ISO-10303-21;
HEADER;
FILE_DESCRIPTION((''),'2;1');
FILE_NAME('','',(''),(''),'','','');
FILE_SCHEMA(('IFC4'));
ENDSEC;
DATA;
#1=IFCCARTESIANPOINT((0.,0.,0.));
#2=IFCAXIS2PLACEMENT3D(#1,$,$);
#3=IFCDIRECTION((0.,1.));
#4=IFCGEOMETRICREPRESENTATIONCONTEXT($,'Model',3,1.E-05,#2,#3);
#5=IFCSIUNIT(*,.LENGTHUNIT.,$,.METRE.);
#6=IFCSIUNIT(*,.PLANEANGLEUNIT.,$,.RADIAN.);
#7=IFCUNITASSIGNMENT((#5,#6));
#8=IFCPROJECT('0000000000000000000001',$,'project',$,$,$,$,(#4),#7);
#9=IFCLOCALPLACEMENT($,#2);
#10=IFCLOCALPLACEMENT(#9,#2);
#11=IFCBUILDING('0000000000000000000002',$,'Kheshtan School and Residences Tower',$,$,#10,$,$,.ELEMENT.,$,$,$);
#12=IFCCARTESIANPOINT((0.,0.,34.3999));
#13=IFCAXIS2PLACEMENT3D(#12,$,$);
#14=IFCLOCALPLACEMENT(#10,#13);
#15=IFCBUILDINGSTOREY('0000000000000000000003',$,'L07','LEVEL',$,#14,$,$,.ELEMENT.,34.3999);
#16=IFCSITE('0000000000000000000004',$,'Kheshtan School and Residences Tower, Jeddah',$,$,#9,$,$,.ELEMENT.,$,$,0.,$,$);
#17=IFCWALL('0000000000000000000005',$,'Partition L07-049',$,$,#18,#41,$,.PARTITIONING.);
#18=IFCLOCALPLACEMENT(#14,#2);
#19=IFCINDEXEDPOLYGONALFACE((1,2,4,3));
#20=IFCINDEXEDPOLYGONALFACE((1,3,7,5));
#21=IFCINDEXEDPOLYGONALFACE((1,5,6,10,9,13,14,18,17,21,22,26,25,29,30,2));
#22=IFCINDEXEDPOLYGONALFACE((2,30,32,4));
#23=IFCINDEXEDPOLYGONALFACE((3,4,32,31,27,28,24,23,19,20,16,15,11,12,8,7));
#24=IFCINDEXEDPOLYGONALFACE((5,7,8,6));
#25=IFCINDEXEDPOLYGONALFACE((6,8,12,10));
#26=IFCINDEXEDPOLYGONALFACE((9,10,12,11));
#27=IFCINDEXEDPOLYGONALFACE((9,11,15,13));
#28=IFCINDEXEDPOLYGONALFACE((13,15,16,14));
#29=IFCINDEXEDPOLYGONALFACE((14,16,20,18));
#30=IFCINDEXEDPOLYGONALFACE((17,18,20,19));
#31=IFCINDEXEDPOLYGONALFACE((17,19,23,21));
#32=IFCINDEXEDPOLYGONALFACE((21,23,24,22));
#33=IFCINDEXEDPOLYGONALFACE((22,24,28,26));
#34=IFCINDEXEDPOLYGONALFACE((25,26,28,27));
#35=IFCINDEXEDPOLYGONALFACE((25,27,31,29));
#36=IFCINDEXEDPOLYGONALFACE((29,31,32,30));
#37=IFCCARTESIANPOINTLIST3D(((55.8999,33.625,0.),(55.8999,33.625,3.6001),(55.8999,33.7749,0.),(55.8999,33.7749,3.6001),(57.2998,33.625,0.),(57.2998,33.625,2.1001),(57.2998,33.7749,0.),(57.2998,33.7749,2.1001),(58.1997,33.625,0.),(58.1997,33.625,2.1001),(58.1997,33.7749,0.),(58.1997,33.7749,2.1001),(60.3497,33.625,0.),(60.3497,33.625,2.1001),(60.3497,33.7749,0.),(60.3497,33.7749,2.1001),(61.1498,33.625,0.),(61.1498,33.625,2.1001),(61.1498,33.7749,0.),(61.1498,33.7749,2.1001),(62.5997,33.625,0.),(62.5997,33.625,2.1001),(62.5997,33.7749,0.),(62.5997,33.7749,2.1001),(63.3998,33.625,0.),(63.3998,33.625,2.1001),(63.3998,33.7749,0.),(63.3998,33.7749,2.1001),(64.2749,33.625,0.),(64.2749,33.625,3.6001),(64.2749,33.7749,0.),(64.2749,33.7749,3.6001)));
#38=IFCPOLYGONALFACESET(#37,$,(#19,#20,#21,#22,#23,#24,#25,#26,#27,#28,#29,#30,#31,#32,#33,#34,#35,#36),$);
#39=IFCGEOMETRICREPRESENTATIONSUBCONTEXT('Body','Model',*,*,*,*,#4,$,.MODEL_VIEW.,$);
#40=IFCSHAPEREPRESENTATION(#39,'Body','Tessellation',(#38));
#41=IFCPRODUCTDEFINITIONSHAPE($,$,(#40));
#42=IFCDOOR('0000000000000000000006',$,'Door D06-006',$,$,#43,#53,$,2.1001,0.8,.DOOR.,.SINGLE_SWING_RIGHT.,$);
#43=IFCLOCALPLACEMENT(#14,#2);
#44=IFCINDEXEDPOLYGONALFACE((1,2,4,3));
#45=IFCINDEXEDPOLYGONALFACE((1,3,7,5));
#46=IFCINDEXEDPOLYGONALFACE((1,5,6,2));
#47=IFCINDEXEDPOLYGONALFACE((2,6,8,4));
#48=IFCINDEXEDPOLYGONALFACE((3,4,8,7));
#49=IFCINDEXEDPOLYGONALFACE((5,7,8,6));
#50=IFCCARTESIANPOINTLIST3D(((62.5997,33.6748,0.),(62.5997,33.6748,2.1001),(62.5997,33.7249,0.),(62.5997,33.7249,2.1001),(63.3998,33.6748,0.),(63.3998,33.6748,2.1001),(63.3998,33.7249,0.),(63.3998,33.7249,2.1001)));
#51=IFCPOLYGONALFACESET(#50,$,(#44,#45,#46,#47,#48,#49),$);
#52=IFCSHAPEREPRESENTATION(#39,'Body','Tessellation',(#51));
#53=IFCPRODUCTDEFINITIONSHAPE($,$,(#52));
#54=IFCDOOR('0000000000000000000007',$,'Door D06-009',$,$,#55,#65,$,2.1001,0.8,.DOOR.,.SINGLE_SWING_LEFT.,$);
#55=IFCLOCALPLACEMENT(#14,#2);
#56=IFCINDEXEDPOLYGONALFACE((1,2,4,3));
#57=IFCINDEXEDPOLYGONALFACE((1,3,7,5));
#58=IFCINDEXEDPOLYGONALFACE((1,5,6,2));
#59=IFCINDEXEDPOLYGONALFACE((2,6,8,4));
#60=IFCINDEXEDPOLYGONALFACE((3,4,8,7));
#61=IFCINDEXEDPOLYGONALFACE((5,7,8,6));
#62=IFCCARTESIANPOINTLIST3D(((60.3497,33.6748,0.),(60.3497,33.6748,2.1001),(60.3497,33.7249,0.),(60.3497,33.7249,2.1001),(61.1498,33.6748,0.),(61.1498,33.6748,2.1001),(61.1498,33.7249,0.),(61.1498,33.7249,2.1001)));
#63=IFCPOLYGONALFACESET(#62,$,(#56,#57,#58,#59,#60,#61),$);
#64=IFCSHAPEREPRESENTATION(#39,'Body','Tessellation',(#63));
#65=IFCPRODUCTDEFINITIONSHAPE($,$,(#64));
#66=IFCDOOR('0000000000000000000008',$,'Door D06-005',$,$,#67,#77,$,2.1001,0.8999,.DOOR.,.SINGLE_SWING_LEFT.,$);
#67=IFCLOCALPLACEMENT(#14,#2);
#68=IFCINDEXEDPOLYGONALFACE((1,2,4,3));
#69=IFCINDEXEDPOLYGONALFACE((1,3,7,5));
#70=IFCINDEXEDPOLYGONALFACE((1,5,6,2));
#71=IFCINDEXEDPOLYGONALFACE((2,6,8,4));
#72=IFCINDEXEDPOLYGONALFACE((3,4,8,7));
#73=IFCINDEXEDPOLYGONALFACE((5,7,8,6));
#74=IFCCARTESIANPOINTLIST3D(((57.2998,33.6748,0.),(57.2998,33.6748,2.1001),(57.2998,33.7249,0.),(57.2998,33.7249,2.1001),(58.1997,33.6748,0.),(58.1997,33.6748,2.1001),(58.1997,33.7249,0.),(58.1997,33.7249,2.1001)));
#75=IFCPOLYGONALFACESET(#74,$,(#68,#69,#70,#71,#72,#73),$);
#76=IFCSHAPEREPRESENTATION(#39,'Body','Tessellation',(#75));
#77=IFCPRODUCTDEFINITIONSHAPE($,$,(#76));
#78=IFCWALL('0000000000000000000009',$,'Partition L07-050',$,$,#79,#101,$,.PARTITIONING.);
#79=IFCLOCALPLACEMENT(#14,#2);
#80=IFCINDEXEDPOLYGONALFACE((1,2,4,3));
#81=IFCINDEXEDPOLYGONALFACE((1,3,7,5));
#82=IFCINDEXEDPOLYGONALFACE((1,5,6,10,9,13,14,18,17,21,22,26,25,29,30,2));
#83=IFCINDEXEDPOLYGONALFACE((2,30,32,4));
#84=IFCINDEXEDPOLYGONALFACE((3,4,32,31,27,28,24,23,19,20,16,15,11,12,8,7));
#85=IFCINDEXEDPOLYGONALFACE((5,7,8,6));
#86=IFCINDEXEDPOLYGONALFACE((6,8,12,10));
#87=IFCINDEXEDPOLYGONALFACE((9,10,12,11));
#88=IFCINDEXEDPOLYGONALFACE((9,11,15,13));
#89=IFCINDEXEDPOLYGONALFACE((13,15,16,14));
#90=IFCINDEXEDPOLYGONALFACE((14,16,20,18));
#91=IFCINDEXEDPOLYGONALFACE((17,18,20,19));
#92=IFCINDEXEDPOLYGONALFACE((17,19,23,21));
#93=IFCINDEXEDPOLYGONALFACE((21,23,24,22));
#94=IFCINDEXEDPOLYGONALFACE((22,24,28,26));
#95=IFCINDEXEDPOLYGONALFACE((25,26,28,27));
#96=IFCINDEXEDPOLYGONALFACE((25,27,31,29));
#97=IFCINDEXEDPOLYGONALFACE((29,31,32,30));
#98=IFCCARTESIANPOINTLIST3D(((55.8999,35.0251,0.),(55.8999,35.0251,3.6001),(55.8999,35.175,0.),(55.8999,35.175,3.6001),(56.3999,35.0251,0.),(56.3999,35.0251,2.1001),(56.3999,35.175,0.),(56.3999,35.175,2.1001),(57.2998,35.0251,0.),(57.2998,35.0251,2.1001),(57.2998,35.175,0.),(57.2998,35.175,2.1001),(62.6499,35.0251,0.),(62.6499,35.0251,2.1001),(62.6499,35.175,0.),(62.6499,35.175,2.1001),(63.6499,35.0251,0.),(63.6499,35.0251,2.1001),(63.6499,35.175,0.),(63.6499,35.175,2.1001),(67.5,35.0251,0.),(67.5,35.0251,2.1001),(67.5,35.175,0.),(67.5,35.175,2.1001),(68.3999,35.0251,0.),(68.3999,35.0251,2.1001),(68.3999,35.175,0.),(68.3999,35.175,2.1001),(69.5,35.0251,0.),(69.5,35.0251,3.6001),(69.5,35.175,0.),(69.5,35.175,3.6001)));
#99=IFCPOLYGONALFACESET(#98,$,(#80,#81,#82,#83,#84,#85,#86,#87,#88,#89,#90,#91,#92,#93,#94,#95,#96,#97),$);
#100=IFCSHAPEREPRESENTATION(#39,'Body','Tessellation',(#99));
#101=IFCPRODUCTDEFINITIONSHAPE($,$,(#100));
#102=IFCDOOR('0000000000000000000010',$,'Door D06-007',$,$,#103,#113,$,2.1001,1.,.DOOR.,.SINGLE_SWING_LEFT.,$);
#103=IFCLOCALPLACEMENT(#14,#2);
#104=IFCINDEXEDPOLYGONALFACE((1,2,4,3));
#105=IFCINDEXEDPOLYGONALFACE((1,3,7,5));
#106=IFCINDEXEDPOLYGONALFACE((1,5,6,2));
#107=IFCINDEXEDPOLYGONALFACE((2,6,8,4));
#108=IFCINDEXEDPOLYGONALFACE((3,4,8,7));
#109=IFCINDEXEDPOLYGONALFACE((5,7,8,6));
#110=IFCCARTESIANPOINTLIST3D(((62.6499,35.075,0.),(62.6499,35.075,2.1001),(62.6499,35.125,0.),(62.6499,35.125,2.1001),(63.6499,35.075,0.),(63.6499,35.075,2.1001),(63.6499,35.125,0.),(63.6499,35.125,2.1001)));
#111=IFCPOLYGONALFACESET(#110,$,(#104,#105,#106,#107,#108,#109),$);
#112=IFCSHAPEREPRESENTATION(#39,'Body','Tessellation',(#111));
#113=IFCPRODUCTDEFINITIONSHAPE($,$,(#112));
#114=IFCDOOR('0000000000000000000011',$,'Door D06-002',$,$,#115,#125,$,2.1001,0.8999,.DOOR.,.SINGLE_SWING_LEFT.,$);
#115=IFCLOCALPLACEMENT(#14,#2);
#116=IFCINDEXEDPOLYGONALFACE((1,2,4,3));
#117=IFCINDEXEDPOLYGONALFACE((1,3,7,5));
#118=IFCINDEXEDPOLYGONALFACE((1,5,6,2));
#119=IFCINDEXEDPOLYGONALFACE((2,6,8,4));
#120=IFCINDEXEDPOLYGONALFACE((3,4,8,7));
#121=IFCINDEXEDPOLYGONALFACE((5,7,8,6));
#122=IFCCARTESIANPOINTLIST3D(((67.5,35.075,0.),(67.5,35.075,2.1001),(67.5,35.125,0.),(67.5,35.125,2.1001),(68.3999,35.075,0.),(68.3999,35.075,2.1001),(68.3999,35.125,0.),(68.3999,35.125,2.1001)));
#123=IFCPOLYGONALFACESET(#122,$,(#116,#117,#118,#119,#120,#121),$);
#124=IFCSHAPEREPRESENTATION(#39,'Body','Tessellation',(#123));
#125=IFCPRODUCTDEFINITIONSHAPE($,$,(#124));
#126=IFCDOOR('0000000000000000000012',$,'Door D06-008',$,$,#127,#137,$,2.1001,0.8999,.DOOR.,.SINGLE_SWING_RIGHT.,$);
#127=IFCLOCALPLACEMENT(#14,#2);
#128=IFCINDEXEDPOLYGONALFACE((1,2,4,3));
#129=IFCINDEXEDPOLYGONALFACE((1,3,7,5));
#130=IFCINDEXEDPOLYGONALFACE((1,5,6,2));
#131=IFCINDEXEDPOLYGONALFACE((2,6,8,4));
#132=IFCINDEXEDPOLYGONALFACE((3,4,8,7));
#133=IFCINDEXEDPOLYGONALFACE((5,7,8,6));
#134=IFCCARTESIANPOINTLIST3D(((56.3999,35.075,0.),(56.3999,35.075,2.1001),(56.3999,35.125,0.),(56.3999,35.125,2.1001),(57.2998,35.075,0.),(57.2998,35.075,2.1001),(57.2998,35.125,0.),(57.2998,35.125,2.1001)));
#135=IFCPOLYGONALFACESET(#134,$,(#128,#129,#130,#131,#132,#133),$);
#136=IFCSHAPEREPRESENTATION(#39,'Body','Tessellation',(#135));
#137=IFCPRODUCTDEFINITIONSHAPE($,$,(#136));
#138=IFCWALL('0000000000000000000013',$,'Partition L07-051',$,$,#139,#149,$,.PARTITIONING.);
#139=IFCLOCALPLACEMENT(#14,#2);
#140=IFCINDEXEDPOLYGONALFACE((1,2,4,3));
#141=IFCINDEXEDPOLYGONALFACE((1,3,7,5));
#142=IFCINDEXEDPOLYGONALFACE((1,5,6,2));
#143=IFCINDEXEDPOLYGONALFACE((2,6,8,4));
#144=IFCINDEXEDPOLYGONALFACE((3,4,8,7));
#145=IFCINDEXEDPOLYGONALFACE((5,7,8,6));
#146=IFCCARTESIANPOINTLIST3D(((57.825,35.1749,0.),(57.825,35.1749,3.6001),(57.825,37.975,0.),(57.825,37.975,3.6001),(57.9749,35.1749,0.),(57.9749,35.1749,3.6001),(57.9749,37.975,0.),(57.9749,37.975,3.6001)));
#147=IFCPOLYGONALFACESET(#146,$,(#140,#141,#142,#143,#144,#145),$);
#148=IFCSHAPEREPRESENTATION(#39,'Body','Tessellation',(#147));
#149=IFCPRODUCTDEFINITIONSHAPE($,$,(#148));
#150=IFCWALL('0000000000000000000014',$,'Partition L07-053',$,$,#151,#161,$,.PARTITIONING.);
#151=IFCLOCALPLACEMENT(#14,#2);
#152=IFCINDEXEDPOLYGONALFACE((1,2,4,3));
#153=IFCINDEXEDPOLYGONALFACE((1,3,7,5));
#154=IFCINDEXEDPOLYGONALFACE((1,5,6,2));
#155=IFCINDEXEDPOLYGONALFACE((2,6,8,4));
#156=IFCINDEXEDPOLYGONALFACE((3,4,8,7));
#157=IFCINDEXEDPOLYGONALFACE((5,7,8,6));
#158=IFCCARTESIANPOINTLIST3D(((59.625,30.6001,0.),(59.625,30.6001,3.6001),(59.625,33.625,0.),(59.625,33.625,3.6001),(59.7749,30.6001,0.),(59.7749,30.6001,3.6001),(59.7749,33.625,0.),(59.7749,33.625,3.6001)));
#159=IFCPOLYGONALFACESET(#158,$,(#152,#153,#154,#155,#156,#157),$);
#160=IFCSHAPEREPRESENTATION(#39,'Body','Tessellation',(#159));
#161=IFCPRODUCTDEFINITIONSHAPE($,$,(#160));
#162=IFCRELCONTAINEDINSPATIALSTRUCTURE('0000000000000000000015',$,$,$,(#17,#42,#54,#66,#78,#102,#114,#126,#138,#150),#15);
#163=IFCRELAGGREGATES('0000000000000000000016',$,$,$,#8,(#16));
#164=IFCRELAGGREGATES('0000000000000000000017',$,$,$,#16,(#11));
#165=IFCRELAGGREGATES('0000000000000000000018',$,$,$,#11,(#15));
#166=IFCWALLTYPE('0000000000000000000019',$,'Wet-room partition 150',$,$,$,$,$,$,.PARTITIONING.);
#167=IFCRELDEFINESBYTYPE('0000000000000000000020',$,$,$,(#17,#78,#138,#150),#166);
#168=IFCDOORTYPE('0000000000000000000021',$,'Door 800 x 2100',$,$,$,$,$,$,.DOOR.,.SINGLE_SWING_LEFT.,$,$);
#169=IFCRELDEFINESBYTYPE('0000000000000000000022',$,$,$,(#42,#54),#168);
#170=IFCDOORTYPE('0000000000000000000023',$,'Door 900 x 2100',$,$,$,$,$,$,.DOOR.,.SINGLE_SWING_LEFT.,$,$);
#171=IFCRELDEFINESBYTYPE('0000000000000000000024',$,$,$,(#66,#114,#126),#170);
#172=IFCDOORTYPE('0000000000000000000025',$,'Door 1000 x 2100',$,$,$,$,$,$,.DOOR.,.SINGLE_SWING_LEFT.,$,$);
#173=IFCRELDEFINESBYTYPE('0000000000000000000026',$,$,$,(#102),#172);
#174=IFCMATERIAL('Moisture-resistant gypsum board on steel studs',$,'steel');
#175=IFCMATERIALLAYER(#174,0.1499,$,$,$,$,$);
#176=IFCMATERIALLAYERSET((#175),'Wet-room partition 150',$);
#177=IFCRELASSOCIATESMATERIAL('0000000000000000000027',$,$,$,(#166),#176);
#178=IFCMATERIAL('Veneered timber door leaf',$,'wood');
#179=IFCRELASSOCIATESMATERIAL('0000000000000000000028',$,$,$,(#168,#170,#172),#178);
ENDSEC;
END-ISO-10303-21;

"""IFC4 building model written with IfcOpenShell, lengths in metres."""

from ifc_helpers import new_model, si_unit, direction, frame, frame_2d, origin, place, context, subcontext, project, spatial, rectangle, extrude, source, transform, mapped, material, layer, layer_set, type_object, element, fill, save


model = new_model("IFC4")

# Units and contexts
model_context = context("Model", 3, precision=1e-05, world=origin(), true_north=direction((0.0, 1.0)))
body_context = subcontext(model_context, "Body", "Model", "MODEL_VIEW")
ifc_project = project(units=[si_unit("LENGTHUNIT", "METRE"), si_unit("PLANEANGLEUNIT", "RADIAN")], contexts=[model_context])

# Site, building, storey
site_placement = place(None, origin())
site = spatial("IfcSite", under=ifc_project, at=site_placement, Name="Kheshtan School and Residences Tower, Jeddah", CompositionType="ELEMENT", RefElevation=0.0)
building_placement = place(site_placement, origin())
building = spatial("IfcBuilding", under=site, at=building_placement, Name="Kheshtan School and Residences Tower", CompositionType="ELEMENT")
storey_placement = place(building_placement, frame((0.0, 0.0, 34.3999)))
storey = spatial("IfcBuildingStorey", under=building, at=storey_placement, Name="L07", Description="LEVEL", CompositionType="ELEMENT", Elevation=34.3999)

# Walls, openings, doors
ifc_material_1 = material(Name="Moisture-resistant gypsum board on steel studs", Category="steel")
ifc_layer = layer(ifc_material_1, 0.1499)
ifc_layer_set = layer_set([ifc_layer], Name="Wet-room partition 150")
wall_type = type_object("IfcWallType", Name="Wet-room partition 150", PredefinedType="PARTITIONING", material=ifc_layer_set)
wall_1_placement = place(storey_placement, frame((55.8999, 33.7, 0.0), z_axis=(0.0, 0.0, 1.0), x_axis=(1.0, 0.0, 0.0)))
wall_1 = element("IfcWall", 1, at=wall_1_placement, inside=storey, type_object=wall_type, Name="Partition L07-049", PredefinedType="PARTITIONING", context=body_context, shape_type="SweptSolid", body=[
    extrude(rectangle(XDim=8.375, YDim=0.1499, at=frame_2d((4.1875, 0.0))), origin(), (0.0, 0.0, 1.0), 3.6001),
])
opening_1_placement = place(wall_1_placement, frame((1.3999, 0.0, 0.0)))
opening_1 = element("IfcOpeningElement", 2, at=opening_1_placement, cuts=wall_1, PredefinedType="OPENING", context=body_context, shape_type="SweptSolid", body=[
    extrude(rectangle(XDim=0.8999, YDim=2.1001, at=frame_2d((0.45, 1.05))), frame((0.0, 0.085, 0.0), z_axis=(0.0, -1.0, 0.0), x_axis=(1.0, 0.0, 0.0)), (0.0, 0.0, 1.0), 0.1699),
])
opening_2_placement = place(wall_1_placement, frame((6.7, 0.0, 0.0)))
opening_2 = element("IfcOpeningElement", 3, at=opening_2_placement, cuts=wall_1, PredefinedType="OPENING", context=body_context, shape_type="SweptSolid", body=[
    extrude(rectangle(XDim=0.8, YDim=2.1001, at=frame_2d((0.3999, 1.05))), frame((0.0, 0.085, 0.0), z_axis=(0.0, -1.0, 0.0), x_axis=(1.0, 0.0, 0.0)), (0.0, 0.0, 1.0), 0.1699),
])
opening_3_placement = place(wall_1_placement, frame((4.45, 0.0, 0.0)))
opening_3 = element("IfcOpeningElement", 4, at=opening_3_placement, cuts=wall_1, PredefinedType="OPENING", context=body_context, shape_type="SweptSolid", body=[
    extrude(rectangle(XDim=0.8, YDim=2.1001, at=frame_2d((0.3999, 1.05))), frame((0.0, 0.085, 0.0), z_axis=(0.0, -1.0, 0.0), x_axis=(1.0, 0.0, 0.0)), (0.0, 0.0, 1.0), 0.1699),
])
ifc_material_2 = material(Name="Veneered timber door leaf", Category="wood")
door_type_1 = type_object("IfcDoorType", Name="Door 800 x 2100", OperationType="SINGLE_SWING_LEFT", PredefinedType="DOOR", material=ifc_material_2)
shared_shape_1 = source(origin(), body_context, "Body", "SweptSolid", [
    extrude(rectangle(XDim=0.8, YDim=2.1001, at=frame_2d((0.3999, 1.05))), frame((0.0, 0.0249, 0.0), z_axis=(0.0, -1.0, 0.0), x_axis=(1.0, 0.0, 0.0)), (0.0, 0.0, 1.0), 0.05),
])
door_1_placement = place(opening_2_placement, origin())
door_1 = element("IfcDoor", 5, at=door_1_placement, inside=storey, type_object=door_type_1, Name="Door D06-006", OperationType="SINGLE_SWING_RIGHT", OverallHeight=2.1001, OverallWidth=0.8, PredefinedType="DOOR", context=body_context, shape_type="MappedRepresentation", body=[
    mapped(shared_shape_1, transform((0.0, 0.0, 0.0), x_axis=(1.0, 0.0, 0.0), y_axis=(0.0, 1.0, 0.0), z_axis=(0.0, 0.0, 1.0), scale=1.0)),
])
fill(opening_2, door_1)
door_2_placement = place(opening_3_placement, origin())
door_2 = element("IfcDoor", 6, at=door_2_placement, inside=storey, type_object=door_type_1, Name="Door D06-009", OperationType="SINGLE_SWING_LEFT", OverallHeight=2.1001, OverallWidth=0.8, PredefinedType="DOOR", context=body_context, shape_type="MappedRepresentation", body=[
    mapped(shared_shape_1, transform((0.0, 0.0, 0.0), x_axis=(1.0, 0.0, 0.0), y_axis=(0.0, 1.0, 0.0), z_axis=(0.0, 0.0, 1.0), scale=1.0)),
])
fill(opening_3, door_2)
door_type_2 = type_object("IfcDoorType", Name="Door 900 x 2100", OperationType="SINGLE_SWING_LEFT", PredefinedType="DOOR", material=ifc_material_2)
shared_shape_2 = source(origin(), body_context, "Body", "SweptSolid", [
    extrude(rectangle(XDim=0.8999, YDim=2.1001, at=frame_2d((0.45, 1.05))), frame((0.0, 0.0249, 0.0), z_axis=(0.0, -1.0, 0.0), x_axis=(1.0, 0.0, 0.0)), (0.0, 0.0, 1.0), 0.05),
])
door_3_placement = place(opening_1_placement, origin())
door_3 = element("IfcDoor", 7, at=door_3_placement, inside=storey, type_object=door_type_2, Name="Door D06-005", OperationType="SINGLE_SWING_LEFT", OverallHeight=2.1001, OverallWidth=0.8999, PredefinedType="DOOR", context=body_context, shape_type="MappedRepresentation", body=[
    mapped(shared_shape_2, transform((0.0, 0.0, 0.0), x_axis=(1.0, 0.0, 0.0), y_axis=(0.0, 1.0, 0.0), z_axis=(0.0, 0.0, 1.0), scale=1.0)),
])
fill(opening_1, door_3)
wall_2_placement = place(storey_placement, frame((55.8999, 35.1001, 0.0), z_axis=(0.0, 0.0, 1.0), x_axis=(1.0, 0.0, 0.0)))
wall_2 = element("IfcWall", 8, at=wall_2_placement, inside=storey, type_object=wall_type, Name="Partition L07-050", PredefinedType="PARTITIONING", context=body_context, shape_type="SweptSolid", body=[
    extrude(rectangle(XDim=13.6001, YDim=0.1499, at=frame_2d((6.8, 0.0))), origin(), (0.0, 0.0, 1.0), 3.6001),
])
opening_4_placement = place(wall_2_placement, frame((11.6001, 0.0, 0.0)))
opening_4 = element("IfcOpeningElement", 9, at=opening_4_placement, cuts=wall_2, PredefinedType="OPENING", context=body_context, shape_type="SweptSolid", body=[
    extrude(rectangle(XDim=0.8999, YDim=2.1001, at=frame_2d((0.45, 1.05))), frame((0.0, 0.085, 0.0), z_axis=(0.0, -1.0, 0.0), x_axis=(1.0, 0.0, 0.0)), (0.0, 0.0, 1.0), 0.1699),
])
opening_5_placement = place(wall_2_placement, frame((6.75, 0.0, 0.0)))
opening_5 = element("IfcOpeningElement", 10, at=opening_5_placement, cuts=wall_2, PredefinedType="OPENING", context=body_context, shape_type="SweptSolid", body=[
    extrude(rectangle(XDim=1.0, YDim=2.1001, at=frame_2d((0.5, 1.05))), frame((0.0, 0.085, 0.0), z_axis=(0.0, -1.0, 0.0), x_axis=(1.0, 0.0, 0.0)), (0.0, 0.0, 1.0), 0.1699),
])
opening_6_placement = place(wall_2_placement, frame((0.5, 0.0, 0.0)))
opening_6 = element("IfcOpeningElement", 11, at=opening_6_placement, cuts=wall_2, PredefinedType="OPENING", context=body_context, shape_type="SweptSolid", body=[
    extrude(rectangle(XDim=0.8999, YDim=2.1001, at=frame_2d((0.45, 1.05))), frame((0.0, 0.085, 0.0), z_axis=(0.0, -1.0, 0.0), x_axis=(1.0, 0.0, 0.0)), (0.0, 0.0, 1.0), 0.1699),
])
door_type_3 = type_object("IfcDoorType", Name="Door 1000 x 2100", OperationType="SINGLE_SWING_LEFT", PredefinedType="DOOR", material=ifc_material_2)
shared_shape_3 = source(origin(), body_context, "Body", "SweptSolid", [
    extrude(rectangle(XDim=1.0, YDim=2.1001, at=frame_2d((0.5, 1.05))), frame((0.0, 0.0249, 0.0), z_axis=(0.0, -1.0, 0.0), x_axis=(1.0, 0.0, 0.0)), (0.0, 0.0, 1.0), 0.05),
])
door_4_placement = place(opening_5_placement, origin())
door_4 = element("IfcDoor", 12, at=door_4_placement, inside=storey, type_object=door_type_3, Name="Door D06-007", OperationType="SINGLE_SWING_LEFT", OverallHeight=2.1001, OverallWidth=1.0, PredefinedType="DOOR", context=body_context, shape_type="MappedRepresentation", body=[
    mapped(shared_shape_3, transform((0.0, 0.0, 0.0), x_axis=(1.0, 0.0, 0.0), y_axis=(0.0, 1.0, 0.0), z_axis=(0.0, 0.0, 1.0), scale=1.0)),
])
fill(opening_5, door_4)
door_5_placement = place(opening_4_placement, origin())
door_5 = element("IfcDoor", 13, at=door_5_placement, inside=storey, type_object=door_type_2, Name="Door D06-002", OperationType="SINGLE_SWING_LEFT", OverallHeight=2.1001, OverallWidth=0.8999, PredefinedType="DOOR", context=body_context, shape_type="MappedRepresentation", body=[
    mapped(shared_shape_2, transform((0.0, 0.0, 0.0), x_axis=(1.0, 0.0, 0.0), y_axis=(0.0, 1.0, 0.0), z_axis=(0.0, 0.0, 1.0), scale=1.0)),
])
fill(opening_4, door_5)
door_6_placement = place(opening_6_placement, origin())
door_6 = element("IfcDoor", 14, at=door_6_placement, inside=storey, type_object=door_type_2, Name="Door D06-008", OperationType="SINGLE_SWING_RIGHT", OverallHeight=2.1001, OverallWidth=0.8999, PredefinedType="DOOR", context=body_context, shape_type="MappedRepresentation", body=[
    mapped(shared_shape_2, transform((0.0, 0.0, 0.0), x_axis=(1.0, 0.0, 0.0), y_axis=(0.0, 1.0, 0.0), z_axis=(0.0, 0.0, 1.0), scale=1.0)),
])
fill(opening_6, door_6)

# Walls
wall_3_placement = place(storey_placement, frame((57.8999, 35.175, 0.0), z_axis=(0.0, 0.0, 1.0), x_axis=(0.0, 1.0, 0.0)))
element("IfcWall", 15, at=wall_3_placement, inside=storey, type_object=wall_type, Name="Partition L07-051", PredefinedType="PARTITIONING", context=body_context, shape_type="SweptSolid", body=[
    extrude(rectangle(XDim=2.8, YDim=0.1499, at=frame_2d((1.3999, 0.0))), origin(), (0.0, 0.0, 1.0), 3.6001),
])
wall_4_placement = place(storey_placement, frame((59.7, 30.6001, 0.0), z_axis=(0.0, 0.0, 1.0), x_axis=(0.0, 1.0, 0.0)))
element("IfcWall", 16, at=wall_4_placement, inside=storey, type_object=wall_type, Name="Partition L07-053", PredefinedType="PARTITIONING", context=body_context, shape_type="SweptSolid", body=[
    extrude(rectangle(XDim=3.0249, YDim=0.1499, at=frame_2d((1.5125, 0.0))), origin(), (0.0, 0.0, 1.0), 3.6001),
])

save(model, "model.ifc")
